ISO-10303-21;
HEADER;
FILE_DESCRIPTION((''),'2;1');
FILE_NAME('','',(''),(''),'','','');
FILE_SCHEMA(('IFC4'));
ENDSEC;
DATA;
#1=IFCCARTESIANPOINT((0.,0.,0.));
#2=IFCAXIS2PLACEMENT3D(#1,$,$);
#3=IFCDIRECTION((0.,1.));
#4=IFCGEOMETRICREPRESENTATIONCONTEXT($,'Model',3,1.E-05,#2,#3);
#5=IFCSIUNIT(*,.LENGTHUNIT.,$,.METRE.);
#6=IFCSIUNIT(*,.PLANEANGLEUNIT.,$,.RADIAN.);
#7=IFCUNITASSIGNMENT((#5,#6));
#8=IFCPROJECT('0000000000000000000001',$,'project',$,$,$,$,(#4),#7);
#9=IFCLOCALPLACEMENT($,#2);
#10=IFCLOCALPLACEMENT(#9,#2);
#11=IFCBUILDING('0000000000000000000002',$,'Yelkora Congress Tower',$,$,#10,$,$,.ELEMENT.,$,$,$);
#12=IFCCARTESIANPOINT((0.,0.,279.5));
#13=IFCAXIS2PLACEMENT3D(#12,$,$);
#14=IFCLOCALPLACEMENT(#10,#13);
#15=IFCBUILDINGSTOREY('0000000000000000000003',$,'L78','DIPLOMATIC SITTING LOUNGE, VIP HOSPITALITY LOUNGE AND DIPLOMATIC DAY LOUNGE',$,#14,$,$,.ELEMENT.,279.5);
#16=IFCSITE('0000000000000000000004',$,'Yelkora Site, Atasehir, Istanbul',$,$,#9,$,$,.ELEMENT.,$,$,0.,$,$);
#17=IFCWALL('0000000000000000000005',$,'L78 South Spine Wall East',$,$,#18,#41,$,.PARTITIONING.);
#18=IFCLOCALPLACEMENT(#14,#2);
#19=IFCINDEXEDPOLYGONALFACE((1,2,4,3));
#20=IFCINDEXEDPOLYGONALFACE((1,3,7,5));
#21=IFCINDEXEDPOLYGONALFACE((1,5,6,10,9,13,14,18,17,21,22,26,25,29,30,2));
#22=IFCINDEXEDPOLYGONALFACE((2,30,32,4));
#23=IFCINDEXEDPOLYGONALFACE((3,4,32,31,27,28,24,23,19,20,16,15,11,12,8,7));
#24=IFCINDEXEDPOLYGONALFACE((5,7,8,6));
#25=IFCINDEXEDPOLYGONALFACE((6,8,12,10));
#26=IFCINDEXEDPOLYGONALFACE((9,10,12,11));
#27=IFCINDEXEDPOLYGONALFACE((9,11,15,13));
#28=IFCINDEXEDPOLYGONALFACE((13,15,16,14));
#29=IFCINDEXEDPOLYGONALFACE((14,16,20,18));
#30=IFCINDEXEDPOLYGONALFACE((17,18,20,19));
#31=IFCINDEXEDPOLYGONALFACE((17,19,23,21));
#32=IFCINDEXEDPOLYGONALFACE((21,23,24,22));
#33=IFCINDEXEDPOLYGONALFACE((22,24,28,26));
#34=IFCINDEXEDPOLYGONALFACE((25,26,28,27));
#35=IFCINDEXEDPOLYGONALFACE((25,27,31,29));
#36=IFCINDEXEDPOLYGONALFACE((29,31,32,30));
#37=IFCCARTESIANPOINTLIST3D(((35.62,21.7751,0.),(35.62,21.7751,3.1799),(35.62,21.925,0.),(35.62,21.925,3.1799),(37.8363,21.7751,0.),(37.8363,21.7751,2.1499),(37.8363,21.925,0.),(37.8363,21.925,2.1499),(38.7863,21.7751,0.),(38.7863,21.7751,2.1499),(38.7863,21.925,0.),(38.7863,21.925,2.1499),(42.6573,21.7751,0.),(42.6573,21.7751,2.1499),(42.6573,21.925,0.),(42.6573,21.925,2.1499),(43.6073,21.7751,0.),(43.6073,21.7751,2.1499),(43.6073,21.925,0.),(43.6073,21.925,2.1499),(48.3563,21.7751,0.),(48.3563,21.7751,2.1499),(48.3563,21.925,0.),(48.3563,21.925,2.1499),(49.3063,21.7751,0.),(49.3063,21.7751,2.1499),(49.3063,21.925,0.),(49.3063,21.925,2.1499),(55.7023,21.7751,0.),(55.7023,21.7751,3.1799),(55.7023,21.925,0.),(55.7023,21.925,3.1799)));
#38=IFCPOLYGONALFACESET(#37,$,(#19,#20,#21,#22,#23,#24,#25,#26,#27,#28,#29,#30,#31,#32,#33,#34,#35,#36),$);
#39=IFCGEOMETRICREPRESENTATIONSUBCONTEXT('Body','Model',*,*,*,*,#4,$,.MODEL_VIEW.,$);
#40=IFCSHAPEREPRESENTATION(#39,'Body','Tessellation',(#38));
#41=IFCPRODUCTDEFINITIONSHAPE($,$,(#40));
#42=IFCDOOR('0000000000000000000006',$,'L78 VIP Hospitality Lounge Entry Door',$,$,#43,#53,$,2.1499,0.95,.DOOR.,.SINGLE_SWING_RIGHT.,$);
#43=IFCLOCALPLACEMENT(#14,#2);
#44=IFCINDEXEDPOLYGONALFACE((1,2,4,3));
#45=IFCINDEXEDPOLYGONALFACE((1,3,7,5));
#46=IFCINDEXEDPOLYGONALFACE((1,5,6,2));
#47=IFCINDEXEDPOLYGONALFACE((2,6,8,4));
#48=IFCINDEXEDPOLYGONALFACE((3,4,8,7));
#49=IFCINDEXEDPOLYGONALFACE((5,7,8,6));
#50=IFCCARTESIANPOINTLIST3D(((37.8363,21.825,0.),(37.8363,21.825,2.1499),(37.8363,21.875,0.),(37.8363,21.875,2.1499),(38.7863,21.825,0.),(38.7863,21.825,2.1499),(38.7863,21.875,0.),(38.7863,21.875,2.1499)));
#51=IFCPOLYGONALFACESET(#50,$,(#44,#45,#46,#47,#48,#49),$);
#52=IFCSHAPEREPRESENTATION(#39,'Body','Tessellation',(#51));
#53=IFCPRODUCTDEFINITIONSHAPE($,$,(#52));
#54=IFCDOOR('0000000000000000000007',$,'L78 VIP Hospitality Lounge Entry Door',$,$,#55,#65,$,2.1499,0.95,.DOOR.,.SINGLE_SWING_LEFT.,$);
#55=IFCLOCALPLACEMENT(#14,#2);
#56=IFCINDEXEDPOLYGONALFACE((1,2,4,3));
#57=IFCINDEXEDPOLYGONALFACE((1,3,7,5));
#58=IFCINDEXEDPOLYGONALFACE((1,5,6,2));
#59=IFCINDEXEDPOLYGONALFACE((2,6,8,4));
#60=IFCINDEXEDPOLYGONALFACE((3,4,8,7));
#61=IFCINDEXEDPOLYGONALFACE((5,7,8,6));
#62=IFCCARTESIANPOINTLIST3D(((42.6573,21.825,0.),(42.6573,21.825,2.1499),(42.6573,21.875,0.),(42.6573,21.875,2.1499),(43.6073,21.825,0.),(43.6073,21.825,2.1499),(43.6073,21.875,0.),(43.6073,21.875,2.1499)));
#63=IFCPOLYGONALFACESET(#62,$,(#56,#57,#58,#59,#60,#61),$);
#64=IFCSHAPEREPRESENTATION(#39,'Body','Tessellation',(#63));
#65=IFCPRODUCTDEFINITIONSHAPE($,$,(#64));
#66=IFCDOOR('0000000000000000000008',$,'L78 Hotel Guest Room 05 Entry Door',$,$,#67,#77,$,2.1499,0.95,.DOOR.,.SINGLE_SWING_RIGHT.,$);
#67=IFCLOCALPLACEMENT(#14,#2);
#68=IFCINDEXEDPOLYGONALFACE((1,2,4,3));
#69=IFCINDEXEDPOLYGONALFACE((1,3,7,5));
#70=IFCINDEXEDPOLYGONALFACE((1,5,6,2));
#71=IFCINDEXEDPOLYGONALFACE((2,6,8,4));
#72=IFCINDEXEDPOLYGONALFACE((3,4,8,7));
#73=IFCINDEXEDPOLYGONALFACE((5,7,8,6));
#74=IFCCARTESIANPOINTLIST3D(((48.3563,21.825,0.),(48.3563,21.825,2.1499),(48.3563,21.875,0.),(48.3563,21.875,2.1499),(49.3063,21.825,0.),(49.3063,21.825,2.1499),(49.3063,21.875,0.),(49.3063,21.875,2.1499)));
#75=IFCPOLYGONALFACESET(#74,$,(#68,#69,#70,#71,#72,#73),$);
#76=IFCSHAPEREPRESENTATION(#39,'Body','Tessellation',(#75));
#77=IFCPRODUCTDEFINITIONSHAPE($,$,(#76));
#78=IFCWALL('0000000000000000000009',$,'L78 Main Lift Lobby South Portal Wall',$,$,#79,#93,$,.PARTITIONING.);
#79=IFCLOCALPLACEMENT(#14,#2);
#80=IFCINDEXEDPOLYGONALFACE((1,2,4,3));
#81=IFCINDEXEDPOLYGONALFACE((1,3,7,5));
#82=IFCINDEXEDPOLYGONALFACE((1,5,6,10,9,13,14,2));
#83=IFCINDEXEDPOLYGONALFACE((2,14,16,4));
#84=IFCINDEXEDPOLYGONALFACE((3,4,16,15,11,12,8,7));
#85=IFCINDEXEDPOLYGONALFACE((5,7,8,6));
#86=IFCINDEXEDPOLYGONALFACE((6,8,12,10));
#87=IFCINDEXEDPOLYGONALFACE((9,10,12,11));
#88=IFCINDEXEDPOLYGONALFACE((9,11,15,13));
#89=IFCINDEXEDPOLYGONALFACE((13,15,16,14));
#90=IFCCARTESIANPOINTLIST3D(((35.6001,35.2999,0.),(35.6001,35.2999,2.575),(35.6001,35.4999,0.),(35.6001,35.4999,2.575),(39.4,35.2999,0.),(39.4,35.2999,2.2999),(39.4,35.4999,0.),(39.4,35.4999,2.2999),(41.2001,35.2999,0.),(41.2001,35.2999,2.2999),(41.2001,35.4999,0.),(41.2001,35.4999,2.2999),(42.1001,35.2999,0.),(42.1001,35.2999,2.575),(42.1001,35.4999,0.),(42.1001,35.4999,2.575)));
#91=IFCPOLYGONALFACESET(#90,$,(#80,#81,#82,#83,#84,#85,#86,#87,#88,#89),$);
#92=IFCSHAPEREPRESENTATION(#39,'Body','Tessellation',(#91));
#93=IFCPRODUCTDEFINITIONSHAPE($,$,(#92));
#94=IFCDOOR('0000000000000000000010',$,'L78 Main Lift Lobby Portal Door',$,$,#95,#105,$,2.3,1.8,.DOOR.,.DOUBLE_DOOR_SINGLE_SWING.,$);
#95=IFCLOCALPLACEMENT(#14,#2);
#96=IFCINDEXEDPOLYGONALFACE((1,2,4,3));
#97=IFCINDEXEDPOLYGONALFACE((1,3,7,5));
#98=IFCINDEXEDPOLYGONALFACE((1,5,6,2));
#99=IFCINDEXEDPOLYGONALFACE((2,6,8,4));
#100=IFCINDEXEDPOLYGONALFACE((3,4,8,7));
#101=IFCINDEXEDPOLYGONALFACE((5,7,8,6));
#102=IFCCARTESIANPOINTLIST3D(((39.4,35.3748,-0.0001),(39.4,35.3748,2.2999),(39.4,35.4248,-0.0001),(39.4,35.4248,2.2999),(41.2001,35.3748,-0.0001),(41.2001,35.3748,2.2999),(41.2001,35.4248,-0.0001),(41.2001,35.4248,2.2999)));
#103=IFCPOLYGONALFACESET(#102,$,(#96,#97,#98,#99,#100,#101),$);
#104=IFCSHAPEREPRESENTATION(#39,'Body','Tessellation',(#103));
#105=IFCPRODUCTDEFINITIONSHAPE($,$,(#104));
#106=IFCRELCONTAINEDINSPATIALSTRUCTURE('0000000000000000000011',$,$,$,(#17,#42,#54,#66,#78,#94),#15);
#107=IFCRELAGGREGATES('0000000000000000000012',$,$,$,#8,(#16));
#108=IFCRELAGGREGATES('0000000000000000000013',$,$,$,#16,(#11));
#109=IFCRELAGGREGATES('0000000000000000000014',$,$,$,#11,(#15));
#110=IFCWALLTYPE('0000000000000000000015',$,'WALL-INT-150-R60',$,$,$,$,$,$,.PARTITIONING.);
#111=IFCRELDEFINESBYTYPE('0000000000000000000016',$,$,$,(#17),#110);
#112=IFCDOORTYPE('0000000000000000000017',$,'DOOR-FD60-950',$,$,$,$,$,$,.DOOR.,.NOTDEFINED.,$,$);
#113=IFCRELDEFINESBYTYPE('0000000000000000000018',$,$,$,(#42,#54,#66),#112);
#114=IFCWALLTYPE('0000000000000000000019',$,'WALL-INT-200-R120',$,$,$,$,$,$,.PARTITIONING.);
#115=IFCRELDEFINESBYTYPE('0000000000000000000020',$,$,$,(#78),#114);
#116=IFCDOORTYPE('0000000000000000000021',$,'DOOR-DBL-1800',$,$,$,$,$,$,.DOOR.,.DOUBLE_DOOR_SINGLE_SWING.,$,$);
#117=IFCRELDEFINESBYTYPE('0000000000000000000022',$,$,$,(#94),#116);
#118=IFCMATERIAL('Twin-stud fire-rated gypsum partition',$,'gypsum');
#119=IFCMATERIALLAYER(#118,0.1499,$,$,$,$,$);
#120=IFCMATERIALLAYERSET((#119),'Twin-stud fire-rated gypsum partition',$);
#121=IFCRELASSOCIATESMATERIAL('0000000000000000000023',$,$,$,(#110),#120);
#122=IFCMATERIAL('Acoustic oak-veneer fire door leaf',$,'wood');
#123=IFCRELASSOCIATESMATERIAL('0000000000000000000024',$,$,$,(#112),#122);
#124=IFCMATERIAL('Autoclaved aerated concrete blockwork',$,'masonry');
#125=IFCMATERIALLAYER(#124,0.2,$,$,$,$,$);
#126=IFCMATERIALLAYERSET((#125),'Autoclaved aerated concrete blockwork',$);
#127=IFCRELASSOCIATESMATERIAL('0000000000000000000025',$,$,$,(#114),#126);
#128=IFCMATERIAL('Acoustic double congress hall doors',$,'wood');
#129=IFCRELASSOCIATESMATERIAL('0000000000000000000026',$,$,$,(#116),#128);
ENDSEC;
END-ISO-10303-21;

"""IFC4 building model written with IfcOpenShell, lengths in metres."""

from ifc_helpers import new_model, si_unit, direction, frame, frame_2d, origin, place, context, subcontext, project, spatial, rectangle, extrude, material, layer, layer_set, type_object, element, fill, save


model = new_model("IFC4")

# Units and contexts
model_context = context("Model", 3, precision=1e-05, world=origin(), true_north=direction((0.0, 1.0)))
body_context = subcontext(model_context, "Body", "Model", "MODEL_VIEW")
ifc_project = project(units=[si_unit("LENGTHUNIT", "METRE"), si_unit("PLANEANGLEUNIT", "RADIAN")], contexts=[model_context])

# Site, building, storey
site_placement = place(None, origin())
site = spatial("IfcSite", under=ifc_project, at=site_placement, Name="Yelkora Site, Atasehir, Istanbul", CompositionType="ELEMENT", RefElevation=0.0)
building_placement = place(site_placement, origin())
building = spatial("IfcBuilding", under=site, at=building_placement, Name="Yelkora Congress Tower", CompositionType="ELEMENT")
storey_placement = place(building_placement, frame((0.0, 0.0, 279.5)))
storey = spatial("IfcBuildingStorey", under=building, at=storey_placement, Name="L78", Description="DIPLOMATIC SITTING LOUNGE, VIP HOSPITALITY LOUNGE AND DIPLOMATIC DAY LOUNGE", CompositionType="ELEMENT", Elevation=279.5)

# Wall, openings, doors
ifc_material_1 = material(Name="Twin-stud fire-rated gypsum partition", Category="gypsum")
ifc_layer_1 = layer(ifc_material_1, 0.1499)
ifc_layer_set_1 = layer_set([ifc_layer_1], Name="Twin-stud fire-rated gypsum partition")
wall_type_1 = type_object("IfcWallType", Name="WALL-INT-150-R60", PredefinedType="PARTITIONING", material=ifc_layer_set_1)
wall_1_placement = place(storey_placement, frame((35.6201, 21.8501, 0.0), z_axis=(0.0, 0.0, 1.0), x_axis=(1.0, 0.0, 0.0)))
wall_1 = element("IfcWall", 1, at=wall_1_placement, inside=storey, type_object=wall_type_1, Name="L78 South Spine Wall East", PredefinedType="PARTITIONING", context=body_context, shape_type="SweptSolid", body=[
    extrude(rectangle(XDim=20.0823, YDim=0.1499, at=frame_2d((10.041, 0.0))), origin(), (0.0, 0.0, 1.0), 3.1799),
])
opening_1_placement = place(wall_1_placement, frame((2.2161, 0.0, 0.0)))
opening_1 = element("IfcOpeningElement", 2, at=opening_1_placement, cuts=wall_1, PredefinedType="OPENING", context=body_context, shape_type="SweptSolid", body=[
    extrude(rectangle(XDim=0.95, YDim=2.1499, at=frame_2d((0.4751, 1.075))), frame((0.0, 0.085, 0.0), z_axis=(0.0, -1.0, 0.0), x_axis=(1.0, 0.0, 0.0)), (0.0, 0.0, 1.0), 0.1699),
])
opening_2_placement = place(wall_1_placement, frame((7.0371, 0.0, 0.0)))
opening_2 = element("IfcOpeningElement", 3, at=opening_2_placement, cuts=wall_1, PredefinedType="OPENING", context=body_context, shape_type="SweptSolid", body=[
    extrude(rectangle(XDim=0.95, YDim=2.1499, at=frame_2d((0.4751, 1.075))), frame((0.0, 0.085, 0.0), z_axis=(0.0, -1.0, 0.0), x_axis=(1.0, 0.0, 0.0)), (0.0, 0.0, 1.0), 0.1699),
])
opening_3_placement = place(wall_1_placement, frame((12.7361, 0.0, 0.0)))
opening_3 = element("IfcOpeningElement", 4, at=opening_3_placement, cuts=wall_1, PredefinedType="OPENING", context=body_context, shape_type="SweptSolid", body=[
    extrude(rectangle(XDim=0.95, YDim=2.1499, at=frame_2d((0.4751, 1.075))), frame((0.0, 0.085, 0.0), z_axis=(0.0, -1.0, 0.0), x_axis=(1.0, 0.0, 0.0)), (0.0, 0.0, 1.0), 0.1699),
])
ifc_material_2 = material(Name="Acoustic oak-veneer fire door leaf", Category="wood")
door_type_1 = type_object("IfcDoorType", Name="DOOR-FD60-950", OperationType="NOTDEFINED", PredefinedType="DOOR", material=ifc_material_2)
door_1_placement = place(opening_1_placement, origin())
door_1 = element("IfcDoor", 5, at=door_1_placement, inside=storey, type_object=door_type_1, Name="L78 VIP Hospitality Lounge Entry Door", OperationType="SINGLE_SWING_RIGHT", OverallHeight=2.1499, OverallWidth=0.95, PredefinedType="DOOR", context=body_context, shape_type="SweptSolid", body=[
    extrude(rectangle(XDim=0.95, YDim=2.1499, at=frame_2d((0.4751, 1.075))), frame((0.0, 0.0249, 0.0), z_axis=(0.0, -1.0, 0.0), x_axis=(1.0, 0.0, 0.0)), (0.0, 0.0, 1.0), 0.05),
])
fill(opening_1, door_1)
door_2_placement = place(opening_2_placement, origin())
door_2 = element("IfcDoor", 6, at=door_2_placement, inside=storey, type_object=door_type_1, Name="L78 VIP Hospitality Lounge Entry Door", OperationType="SINGLE_SWING_LEFT", OverallHeight=2.1499, OverallWidth=0.95, PredefinedType="DOOR", context=body_context, shape_type="SweptSolid", body=[
    extrude(rectangle(XDim=0.95, YDim=2.1499, at=frame_2d((0.4751, 1.075))), frame((0.0, 0.0249, 0.0), z_axis=(0.0, -1.0, 0.0), x_axis=(1.0, 0.0, 0.0)), (0.0, 0.0, 1.0), 0.05),
])
fill(opening_2, door_2)
door_3_placement = place(opening_3_placement, origin())
door_3 = element("IfcDoor", 7, at=door_3_placement, inside=storey, type_object=door_type_1, Name="L78 Hotel Guest Room 05 Entry Door", OperationType="SINGLE_SWING_RIGHT", OverallHeight=2.1499, OverallWidth=0.95, PredefinedType="DOOR", context=body_context, shape_type="SweptSolid", body=[
    extrude(rectangle(XDim=0.95, YDim=2.1499, at=frame_2d((0.4751, 1.075))), frame((0.0, 0.0249, 0.0), z_axis=(0.0, -1.0, 0.0), x_axis=(1.0, 0.0, 0.0)), (0.0, 0.0, 1.0), 0.05),
])
fill(opening_3, door_3)

# Wall, opening, door
ifc_material_3 = material(Name="Autoclaved aerated concrete blockwork", Category="masonry")
ifc_layer_2 = layer(ifc_material_3, 0.2)
ifc_layer_set_2 = layer_set([ifc_layer_2], Name="Autoclaved aerated concrete blockwork")
wall_type_2 = type_object("IfcWallType", Name="WALL-INT-200-R120", PredefinedType="PARTITIONING", material=ifc_layer_set_2)
wall_2_placement = place(storey_placement, frame((35.6001, 35.3999, 0.0), z_axis=(0.0, 0.0, 1.0), x_axis=(1.0, 0.0, 0.0)))
wall_2 = element("IfcWall", 8, at=wall_2_placement, inside=storey, type_object=wall_type_2, Name="L78 Main Lift Lobby South Portal Wall", PredefinedType="PARTITIONING", context=body_context, shape_type="SweptSolid", body=[
    extrude(rectangle(XDim=6.5, YDim=0.2, at=frame_2d((3.25, 0.0))), origin(), (0.0, 0.0, 1.0), 2.575),
])
opening_4_placement = place(wall_2_placement, frame((3.8, 0.0, 0.0)))
opening_4 = element("IfcOpeningElement", 9, at=opening_4_placement, cuts=wall_2, PredefinedType="OPENING", context=body_context, shape_type="SweptSolid", body=[
    extrude(rectangle(XDim=1.8, YDim=2.3, at=frame_2d((0.8999, 1.1499))), frame((0.0, 0.1099, 0.0), z_axis=(0.0, -1.0, 0.0), x_axis=(1.0, 0.0, 0.0)), (0.0, 0.0, 1.0), 0.22),
])
ifc_material_4 = material(Name="Acoustic double congress hall doors", Category="wood")
door_type_2 = type_object("IfcDoorType", Name="DOOR-DBL-1800", OperationType="DOUBLE_DOOR_SINGLE_SWING", PredefinedType="DOOR", material=ifc_material_4)
door_4_placement = place(opening_4_placement, origin())
door_4 = element("IfcDoor", 10, at=door_4_placement, inside=storey, type_object=door_type_2, Name="L78 Main Lift Lobby Portal Door", OperationType="DOUBLE_DOOR_SINGLE_SWING", OverallHeight=2.3, OverallWidth=1.8, PredefinedType="DOOR", context=body_context, shape_type="SweptSolid", body=[
    extrude(rectangle(XDim=1.8, YDim=2.3, at=frame_2d((0.8999, 1.1499))), frame((0.0, 0.0249, 0.0), z_axis=(0.0, -1.0, 0.0), x_axis=(1.0, 0.0, 0.0)), (0.0, 0.0, 1.0), 0.05),
])
fill(opening_4, door_4)

save(model, "model.ifc")
